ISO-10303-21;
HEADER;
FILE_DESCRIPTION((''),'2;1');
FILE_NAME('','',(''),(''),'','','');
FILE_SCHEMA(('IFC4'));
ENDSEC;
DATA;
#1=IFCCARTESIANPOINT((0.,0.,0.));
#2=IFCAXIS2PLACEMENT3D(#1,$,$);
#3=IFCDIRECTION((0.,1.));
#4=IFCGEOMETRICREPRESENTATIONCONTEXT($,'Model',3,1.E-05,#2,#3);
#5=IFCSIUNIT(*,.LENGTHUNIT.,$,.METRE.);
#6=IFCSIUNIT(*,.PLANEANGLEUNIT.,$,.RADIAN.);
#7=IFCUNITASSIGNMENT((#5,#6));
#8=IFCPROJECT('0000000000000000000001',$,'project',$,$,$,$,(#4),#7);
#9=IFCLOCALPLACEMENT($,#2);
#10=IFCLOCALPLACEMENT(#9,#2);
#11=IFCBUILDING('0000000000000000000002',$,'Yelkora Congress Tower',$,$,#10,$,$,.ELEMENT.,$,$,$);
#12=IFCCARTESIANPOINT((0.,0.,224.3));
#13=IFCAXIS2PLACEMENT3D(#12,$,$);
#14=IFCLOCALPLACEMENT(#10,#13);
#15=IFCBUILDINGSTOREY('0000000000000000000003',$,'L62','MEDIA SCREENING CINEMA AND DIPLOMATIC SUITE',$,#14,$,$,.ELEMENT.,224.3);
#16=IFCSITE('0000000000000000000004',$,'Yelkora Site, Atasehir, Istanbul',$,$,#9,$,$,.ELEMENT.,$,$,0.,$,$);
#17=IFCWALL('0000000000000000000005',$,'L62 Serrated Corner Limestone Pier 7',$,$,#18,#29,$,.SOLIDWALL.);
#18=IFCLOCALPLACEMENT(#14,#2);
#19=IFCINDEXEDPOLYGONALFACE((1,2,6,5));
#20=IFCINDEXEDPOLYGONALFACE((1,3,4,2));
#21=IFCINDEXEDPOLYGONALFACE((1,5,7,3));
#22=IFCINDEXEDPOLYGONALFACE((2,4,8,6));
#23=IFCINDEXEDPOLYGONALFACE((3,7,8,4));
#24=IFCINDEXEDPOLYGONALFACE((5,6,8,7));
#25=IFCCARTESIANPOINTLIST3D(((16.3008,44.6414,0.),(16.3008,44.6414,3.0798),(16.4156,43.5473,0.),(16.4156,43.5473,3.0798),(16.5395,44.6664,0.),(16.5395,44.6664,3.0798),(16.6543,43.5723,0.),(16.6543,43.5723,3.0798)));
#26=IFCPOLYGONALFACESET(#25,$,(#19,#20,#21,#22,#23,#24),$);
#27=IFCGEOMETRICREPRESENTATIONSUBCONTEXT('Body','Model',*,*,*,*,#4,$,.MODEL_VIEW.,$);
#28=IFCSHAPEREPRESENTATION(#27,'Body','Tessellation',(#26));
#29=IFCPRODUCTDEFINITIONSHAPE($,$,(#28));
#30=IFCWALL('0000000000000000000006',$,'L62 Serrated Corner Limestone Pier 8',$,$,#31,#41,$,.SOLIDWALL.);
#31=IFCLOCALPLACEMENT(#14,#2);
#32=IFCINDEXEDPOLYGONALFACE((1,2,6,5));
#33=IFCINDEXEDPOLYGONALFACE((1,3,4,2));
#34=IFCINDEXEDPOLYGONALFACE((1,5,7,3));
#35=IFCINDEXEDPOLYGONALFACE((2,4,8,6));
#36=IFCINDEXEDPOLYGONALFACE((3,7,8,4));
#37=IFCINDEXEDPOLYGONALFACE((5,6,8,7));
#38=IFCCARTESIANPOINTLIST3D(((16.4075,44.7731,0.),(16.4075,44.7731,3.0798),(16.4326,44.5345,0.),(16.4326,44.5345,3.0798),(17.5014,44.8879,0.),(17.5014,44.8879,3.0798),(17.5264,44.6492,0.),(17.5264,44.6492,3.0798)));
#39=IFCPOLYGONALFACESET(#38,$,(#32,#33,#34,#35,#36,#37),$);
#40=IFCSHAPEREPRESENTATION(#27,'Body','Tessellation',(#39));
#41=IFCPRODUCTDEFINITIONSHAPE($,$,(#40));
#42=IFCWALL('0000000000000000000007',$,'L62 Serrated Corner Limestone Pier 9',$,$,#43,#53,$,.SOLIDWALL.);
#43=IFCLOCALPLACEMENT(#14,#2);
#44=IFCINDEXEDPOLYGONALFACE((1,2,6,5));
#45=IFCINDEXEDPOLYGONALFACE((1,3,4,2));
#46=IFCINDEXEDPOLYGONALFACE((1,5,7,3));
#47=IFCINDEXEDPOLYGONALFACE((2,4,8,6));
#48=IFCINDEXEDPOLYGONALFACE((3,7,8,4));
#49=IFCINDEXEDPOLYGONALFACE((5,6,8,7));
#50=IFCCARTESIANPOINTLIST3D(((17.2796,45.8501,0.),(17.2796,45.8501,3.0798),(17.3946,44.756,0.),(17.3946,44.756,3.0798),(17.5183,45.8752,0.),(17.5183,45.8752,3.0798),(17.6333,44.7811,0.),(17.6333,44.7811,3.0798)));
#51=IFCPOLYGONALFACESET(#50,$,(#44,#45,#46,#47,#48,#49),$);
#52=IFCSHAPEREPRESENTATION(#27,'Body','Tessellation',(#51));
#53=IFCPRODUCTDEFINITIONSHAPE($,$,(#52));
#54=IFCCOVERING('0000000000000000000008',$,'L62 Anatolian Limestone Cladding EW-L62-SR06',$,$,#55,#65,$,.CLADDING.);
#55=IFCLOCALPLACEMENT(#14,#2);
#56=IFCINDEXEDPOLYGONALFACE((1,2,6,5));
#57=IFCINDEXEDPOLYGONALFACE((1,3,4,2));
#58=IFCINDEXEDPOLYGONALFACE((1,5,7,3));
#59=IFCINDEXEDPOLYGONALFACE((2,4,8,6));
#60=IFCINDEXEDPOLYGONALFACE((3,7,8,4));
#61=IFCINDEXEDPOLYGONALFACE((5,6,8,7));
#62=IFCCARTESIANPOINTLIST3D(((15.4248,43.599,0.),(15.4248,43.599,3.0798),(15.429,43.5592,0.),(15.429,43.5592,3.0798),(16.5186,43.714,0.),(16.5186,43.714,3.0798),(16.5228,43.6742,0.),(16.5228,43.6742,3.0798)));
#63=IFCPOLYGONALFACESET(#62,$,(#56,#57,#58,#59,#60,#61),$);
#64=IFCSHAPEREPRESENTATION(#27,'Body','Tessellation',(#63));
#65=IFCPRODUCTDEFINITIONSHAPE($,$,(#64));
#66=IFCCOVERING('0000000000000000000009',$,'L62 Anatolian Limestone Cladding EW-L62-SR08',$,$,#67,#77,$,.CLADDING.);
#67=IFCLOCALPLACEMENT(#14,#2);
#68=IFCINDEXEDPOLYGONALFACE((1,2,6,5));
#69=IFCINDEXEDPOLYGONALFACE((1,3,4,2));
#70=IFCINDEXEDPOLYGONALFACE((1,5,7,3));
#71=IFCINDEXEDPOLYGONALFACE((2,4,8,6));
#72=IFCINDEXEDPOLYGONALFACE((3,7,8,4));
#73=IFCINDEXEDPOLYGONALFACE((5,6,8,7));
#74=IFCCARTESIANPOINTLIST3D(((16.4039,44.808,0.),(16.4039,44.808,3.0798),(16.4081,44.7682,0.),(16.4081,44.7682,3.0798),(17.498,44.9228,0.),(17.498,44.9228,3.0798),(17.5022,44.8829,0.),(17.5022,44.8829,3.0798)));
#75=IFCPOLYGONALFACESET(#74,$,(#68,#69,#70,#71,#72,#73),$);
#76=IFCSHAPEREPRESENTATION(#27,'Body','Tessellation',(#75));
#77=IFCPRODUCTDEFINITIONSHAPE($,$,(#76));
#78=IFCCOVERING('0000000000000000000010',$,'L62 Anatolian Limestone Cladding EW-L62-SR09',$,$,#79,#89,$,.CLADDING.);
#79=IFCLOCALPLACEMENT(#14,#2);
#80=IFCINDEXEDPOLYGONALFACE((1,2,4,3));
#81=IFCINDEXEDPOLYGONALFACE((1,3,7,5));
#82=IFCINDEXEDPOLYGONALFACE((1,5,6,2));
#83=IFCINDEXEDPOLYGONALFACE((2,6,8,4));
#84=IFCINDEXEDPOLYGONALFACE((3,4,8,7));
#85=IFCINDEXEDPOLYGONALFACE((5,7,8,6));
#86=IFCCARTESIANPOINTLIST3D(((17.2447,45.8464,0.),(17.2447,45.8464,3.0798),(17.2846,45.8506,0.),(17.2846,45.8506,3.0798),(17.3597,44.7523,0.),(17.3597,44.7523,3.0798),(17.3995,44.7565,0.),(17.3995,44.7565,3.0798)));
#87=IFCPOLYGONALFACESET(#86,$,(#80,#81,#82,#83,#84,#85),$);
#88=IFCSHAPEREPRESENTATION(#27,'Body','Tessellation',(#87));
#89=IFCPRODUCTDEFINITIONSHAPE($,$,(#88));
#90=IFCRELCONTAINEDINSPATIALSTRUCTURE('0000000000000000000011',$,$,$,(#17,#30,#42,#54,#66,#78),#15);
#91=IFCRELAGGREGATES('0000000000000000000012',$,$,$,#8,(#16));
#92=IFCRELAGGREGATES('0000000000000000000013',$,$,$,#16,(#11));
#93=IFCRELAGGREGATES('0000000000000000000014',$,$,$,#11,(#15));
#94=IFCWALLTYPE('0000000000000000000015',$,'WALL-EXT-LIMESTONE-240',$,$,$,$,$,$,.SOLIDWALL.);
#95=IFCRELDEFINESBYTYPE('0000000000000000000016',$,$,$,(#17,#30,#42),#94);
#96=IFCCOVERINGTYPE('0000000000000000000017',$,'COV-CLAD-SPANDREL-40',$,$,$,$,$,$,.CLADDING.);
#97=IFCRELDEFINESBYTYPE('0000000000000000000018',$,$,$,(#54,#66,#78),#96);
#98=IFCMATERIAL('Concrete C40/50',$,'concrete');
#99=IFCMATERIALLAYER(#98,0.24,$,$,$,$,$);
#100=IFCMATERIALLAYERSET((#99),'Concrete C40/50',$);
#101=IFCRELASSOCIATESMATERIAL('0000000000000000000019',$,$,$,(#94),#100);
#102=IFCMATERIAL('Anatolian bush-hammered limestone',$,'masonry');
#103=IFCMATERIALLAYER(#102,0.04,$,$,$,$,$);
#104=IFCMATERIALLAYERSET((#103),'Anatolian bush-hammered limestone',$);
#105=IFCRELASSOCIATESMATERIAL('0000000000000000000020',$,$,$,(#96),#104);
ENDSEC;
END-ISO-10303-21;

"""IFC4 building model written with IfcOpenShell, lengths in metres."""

from ifc_helpers import new_model, si_unit, direction, frame, frame_2d, origin, place, context, subcontext, project, spatial, rectangle, extrude, material, layer, layer_set, type_object, element, save


model = new_model("IFC4")

# Units and contexts
model_context = context("Model", 3, precision=1e-05, world=origin(), true_north=direction((0.0, 1.0)))
body_context = subcontext(model_context, "Body", "Model", "MODEL_VIEW")
ifc_project = project(units=[si_unit("LENGTHUNIT", "METRE"), si_unit("PLANEANGLEUNIT", "RADIAN")], contexts=[model_context])

# Site, building, storey
site_placement = place(None, origin())
site = spatial("IfcSite", under=ifc_project, at=site_placement, Name="Yelkora Site, Atasehir, Istanbul", CompositionType="ELEMENT", RefElevation=0.0)
building_placement = place(site_placement, origin())
building = spatial("IfcBuilding", under=site, at=building_placement, Name="Yelkora Congress Tower", CompositionType="ELEMENT")
storey_placement = place(building_placement, frame((0.0, 0.0, 224.3)))
storey = spatial("IfcBuildingStorey", under=building, at=storey_placement, Name="L62", Description="MEDIA SCREENING CINEMA AND DIPLOMATIC SUITE", CompositionType="ELEMENT", Elevation=224.3)

# Walls
ifc_material_1 = material(Name="Concrete C40/50", Category="concrete")
ifc_layer_1 = layer(ifc_material_1, 0.24)
ifc_layer_set_1 = layer_set([ifc_layer_1], Name="Concrete C40/50")
wall_type_1 = type_object("IfcWallType", Name="WALL-EXT-LIMESTONE-240", PredefinedType="SOLIDWALL", material=ifc_layer_set_1)
wall_1_placement = place(storey_placement, frame((16.5349, 43.5598, 0.0), z_axis=(0.0, 0.0, 1.0), x_axis=(-0.104315, 0.994544, 0.0)))
element("IfcWall", 1, at=wall_1_placement, inside=storey, type_object=wall_type_1, Name="L62 Serrated Corner Limestone Pier 7", PredefinedType="SOLIDWALL", context=body_context, shape_type="SweptSolid", body=[
    extrude(rectangle(XDim=1.1001, YDim=0.24, at=frame_2d((0.55, 0.0))), origin(), (0.0, 0.0, 1.0), 3.0798),
])
wall_2_placement = place(storey_placement, frame((16.4202, 44.6538, 0.0), z_axis=(0.0, 0.0, 1.0), x_axis=(0.994542, 0.104338, 0.0)))
element("IfcWall", 2, at=wall_2_placement, inside=storey, type_object=wall_type_1, Name="L62 Serrated Corner Limestone Pier 8", PredefinedType="SOLIDWALL", context=body_context, shape_type="SweptSolid", body=[
    extrude(rectangle(XDim=1.0999, YDim=0.24, at=frame_2d((0.5498, 0.0))), origin(), (0.0, 0.0, 1.0), 3.0798),
])
wall_3_placement = place(storey_placement, frame((17.5139, 44.7686, 0.0), z_axis=(0.0, 0.0, 1.0), x_axis=(-0.104535, 0.994521, 0.0)))
element("IfcWall", 3, at=wall_3_placement, inside=storey, type_object=wall_type_1, Name="L62 Serrated Corner Limestone Pier 9", PredefinedType="SOLIDWALL", context=body_context, shape_type="SweptSolid", body=[
    extrude(rectangle(XDim=1.1001, YDim=0.24, at=frame_2d((0.55, 0.0))), origin(), (0.0, 0.0, 1.0), 3.0798),
])

# Coverings
ifc_material_2 = material(Name="Anatolian bush-hammered limestone", Category="masonry")
ifc_layer_2 = layer(ifc_material_2, 0.04)
ifc_layer_set_2 = layer_set([ifc_layer_2], Name="Anatolian bush-hammered limestone")
covering_type = type_object("IfcCoveringType", Name="COV-CLAD-SPANDREL-40", PredefinedType="CLADDING", material=ifc_layer_set_2)
covering_placement = place(storey_placement, frame((15.427, 43.5791, 0.0), z_axis=(0.0, 0.0, 1.0), x_axis=(0.994519, 0.104558, 0.0)))
element("IfcCovering", 4, at=covering_placement, inside=storey, type_object=covering_type, Name="L62 Anatolian Limestone Cladding EW-L62-SR06", PredefinedType="CLADDING", context=body_context, shape_type="SweptSolid", body=[
    extrude(rectangle(XDim=1.0999, YDim=0.04, at=frame_2d((0.5498, 0.0))), origin(), (0.0, 0.0, 1.0), 3.0798),
])
for number, where, z_axis, x_axis, name in (
    (5, (16.406, 44.7881, 0.0), (0.0, 0.0, 1.0), (0.994544, 0.104315, 0.0), "L62 Anatolian Limestone Cladding EW-L62-SR08"),
    (6, (17.3796, 44.7544, 0.0), (0.0, 0.0, 1.0), (-0.104535, 0.994521, 0.0), "L62 Anatolian Limestone Cladding EW-L62-SR09"),
):
    element("IfcCovering", number, at=place(storey_placement, frame(where, z_axis=z_axis, x_axis=x_axis)), inside=storey, type_object=covering_type, Name=name, PredefinedType="CLADDING", context=body_context, shape_type="SweptSolid", body=[
        extrude(rectangle(XDim=1.1001, YDim=0.04, at=frame_2d((0.55, 0.0))), origin(), (0.0, 0.0, 1.0), 3.0798),
    ])

save(model, "model.ifc")
